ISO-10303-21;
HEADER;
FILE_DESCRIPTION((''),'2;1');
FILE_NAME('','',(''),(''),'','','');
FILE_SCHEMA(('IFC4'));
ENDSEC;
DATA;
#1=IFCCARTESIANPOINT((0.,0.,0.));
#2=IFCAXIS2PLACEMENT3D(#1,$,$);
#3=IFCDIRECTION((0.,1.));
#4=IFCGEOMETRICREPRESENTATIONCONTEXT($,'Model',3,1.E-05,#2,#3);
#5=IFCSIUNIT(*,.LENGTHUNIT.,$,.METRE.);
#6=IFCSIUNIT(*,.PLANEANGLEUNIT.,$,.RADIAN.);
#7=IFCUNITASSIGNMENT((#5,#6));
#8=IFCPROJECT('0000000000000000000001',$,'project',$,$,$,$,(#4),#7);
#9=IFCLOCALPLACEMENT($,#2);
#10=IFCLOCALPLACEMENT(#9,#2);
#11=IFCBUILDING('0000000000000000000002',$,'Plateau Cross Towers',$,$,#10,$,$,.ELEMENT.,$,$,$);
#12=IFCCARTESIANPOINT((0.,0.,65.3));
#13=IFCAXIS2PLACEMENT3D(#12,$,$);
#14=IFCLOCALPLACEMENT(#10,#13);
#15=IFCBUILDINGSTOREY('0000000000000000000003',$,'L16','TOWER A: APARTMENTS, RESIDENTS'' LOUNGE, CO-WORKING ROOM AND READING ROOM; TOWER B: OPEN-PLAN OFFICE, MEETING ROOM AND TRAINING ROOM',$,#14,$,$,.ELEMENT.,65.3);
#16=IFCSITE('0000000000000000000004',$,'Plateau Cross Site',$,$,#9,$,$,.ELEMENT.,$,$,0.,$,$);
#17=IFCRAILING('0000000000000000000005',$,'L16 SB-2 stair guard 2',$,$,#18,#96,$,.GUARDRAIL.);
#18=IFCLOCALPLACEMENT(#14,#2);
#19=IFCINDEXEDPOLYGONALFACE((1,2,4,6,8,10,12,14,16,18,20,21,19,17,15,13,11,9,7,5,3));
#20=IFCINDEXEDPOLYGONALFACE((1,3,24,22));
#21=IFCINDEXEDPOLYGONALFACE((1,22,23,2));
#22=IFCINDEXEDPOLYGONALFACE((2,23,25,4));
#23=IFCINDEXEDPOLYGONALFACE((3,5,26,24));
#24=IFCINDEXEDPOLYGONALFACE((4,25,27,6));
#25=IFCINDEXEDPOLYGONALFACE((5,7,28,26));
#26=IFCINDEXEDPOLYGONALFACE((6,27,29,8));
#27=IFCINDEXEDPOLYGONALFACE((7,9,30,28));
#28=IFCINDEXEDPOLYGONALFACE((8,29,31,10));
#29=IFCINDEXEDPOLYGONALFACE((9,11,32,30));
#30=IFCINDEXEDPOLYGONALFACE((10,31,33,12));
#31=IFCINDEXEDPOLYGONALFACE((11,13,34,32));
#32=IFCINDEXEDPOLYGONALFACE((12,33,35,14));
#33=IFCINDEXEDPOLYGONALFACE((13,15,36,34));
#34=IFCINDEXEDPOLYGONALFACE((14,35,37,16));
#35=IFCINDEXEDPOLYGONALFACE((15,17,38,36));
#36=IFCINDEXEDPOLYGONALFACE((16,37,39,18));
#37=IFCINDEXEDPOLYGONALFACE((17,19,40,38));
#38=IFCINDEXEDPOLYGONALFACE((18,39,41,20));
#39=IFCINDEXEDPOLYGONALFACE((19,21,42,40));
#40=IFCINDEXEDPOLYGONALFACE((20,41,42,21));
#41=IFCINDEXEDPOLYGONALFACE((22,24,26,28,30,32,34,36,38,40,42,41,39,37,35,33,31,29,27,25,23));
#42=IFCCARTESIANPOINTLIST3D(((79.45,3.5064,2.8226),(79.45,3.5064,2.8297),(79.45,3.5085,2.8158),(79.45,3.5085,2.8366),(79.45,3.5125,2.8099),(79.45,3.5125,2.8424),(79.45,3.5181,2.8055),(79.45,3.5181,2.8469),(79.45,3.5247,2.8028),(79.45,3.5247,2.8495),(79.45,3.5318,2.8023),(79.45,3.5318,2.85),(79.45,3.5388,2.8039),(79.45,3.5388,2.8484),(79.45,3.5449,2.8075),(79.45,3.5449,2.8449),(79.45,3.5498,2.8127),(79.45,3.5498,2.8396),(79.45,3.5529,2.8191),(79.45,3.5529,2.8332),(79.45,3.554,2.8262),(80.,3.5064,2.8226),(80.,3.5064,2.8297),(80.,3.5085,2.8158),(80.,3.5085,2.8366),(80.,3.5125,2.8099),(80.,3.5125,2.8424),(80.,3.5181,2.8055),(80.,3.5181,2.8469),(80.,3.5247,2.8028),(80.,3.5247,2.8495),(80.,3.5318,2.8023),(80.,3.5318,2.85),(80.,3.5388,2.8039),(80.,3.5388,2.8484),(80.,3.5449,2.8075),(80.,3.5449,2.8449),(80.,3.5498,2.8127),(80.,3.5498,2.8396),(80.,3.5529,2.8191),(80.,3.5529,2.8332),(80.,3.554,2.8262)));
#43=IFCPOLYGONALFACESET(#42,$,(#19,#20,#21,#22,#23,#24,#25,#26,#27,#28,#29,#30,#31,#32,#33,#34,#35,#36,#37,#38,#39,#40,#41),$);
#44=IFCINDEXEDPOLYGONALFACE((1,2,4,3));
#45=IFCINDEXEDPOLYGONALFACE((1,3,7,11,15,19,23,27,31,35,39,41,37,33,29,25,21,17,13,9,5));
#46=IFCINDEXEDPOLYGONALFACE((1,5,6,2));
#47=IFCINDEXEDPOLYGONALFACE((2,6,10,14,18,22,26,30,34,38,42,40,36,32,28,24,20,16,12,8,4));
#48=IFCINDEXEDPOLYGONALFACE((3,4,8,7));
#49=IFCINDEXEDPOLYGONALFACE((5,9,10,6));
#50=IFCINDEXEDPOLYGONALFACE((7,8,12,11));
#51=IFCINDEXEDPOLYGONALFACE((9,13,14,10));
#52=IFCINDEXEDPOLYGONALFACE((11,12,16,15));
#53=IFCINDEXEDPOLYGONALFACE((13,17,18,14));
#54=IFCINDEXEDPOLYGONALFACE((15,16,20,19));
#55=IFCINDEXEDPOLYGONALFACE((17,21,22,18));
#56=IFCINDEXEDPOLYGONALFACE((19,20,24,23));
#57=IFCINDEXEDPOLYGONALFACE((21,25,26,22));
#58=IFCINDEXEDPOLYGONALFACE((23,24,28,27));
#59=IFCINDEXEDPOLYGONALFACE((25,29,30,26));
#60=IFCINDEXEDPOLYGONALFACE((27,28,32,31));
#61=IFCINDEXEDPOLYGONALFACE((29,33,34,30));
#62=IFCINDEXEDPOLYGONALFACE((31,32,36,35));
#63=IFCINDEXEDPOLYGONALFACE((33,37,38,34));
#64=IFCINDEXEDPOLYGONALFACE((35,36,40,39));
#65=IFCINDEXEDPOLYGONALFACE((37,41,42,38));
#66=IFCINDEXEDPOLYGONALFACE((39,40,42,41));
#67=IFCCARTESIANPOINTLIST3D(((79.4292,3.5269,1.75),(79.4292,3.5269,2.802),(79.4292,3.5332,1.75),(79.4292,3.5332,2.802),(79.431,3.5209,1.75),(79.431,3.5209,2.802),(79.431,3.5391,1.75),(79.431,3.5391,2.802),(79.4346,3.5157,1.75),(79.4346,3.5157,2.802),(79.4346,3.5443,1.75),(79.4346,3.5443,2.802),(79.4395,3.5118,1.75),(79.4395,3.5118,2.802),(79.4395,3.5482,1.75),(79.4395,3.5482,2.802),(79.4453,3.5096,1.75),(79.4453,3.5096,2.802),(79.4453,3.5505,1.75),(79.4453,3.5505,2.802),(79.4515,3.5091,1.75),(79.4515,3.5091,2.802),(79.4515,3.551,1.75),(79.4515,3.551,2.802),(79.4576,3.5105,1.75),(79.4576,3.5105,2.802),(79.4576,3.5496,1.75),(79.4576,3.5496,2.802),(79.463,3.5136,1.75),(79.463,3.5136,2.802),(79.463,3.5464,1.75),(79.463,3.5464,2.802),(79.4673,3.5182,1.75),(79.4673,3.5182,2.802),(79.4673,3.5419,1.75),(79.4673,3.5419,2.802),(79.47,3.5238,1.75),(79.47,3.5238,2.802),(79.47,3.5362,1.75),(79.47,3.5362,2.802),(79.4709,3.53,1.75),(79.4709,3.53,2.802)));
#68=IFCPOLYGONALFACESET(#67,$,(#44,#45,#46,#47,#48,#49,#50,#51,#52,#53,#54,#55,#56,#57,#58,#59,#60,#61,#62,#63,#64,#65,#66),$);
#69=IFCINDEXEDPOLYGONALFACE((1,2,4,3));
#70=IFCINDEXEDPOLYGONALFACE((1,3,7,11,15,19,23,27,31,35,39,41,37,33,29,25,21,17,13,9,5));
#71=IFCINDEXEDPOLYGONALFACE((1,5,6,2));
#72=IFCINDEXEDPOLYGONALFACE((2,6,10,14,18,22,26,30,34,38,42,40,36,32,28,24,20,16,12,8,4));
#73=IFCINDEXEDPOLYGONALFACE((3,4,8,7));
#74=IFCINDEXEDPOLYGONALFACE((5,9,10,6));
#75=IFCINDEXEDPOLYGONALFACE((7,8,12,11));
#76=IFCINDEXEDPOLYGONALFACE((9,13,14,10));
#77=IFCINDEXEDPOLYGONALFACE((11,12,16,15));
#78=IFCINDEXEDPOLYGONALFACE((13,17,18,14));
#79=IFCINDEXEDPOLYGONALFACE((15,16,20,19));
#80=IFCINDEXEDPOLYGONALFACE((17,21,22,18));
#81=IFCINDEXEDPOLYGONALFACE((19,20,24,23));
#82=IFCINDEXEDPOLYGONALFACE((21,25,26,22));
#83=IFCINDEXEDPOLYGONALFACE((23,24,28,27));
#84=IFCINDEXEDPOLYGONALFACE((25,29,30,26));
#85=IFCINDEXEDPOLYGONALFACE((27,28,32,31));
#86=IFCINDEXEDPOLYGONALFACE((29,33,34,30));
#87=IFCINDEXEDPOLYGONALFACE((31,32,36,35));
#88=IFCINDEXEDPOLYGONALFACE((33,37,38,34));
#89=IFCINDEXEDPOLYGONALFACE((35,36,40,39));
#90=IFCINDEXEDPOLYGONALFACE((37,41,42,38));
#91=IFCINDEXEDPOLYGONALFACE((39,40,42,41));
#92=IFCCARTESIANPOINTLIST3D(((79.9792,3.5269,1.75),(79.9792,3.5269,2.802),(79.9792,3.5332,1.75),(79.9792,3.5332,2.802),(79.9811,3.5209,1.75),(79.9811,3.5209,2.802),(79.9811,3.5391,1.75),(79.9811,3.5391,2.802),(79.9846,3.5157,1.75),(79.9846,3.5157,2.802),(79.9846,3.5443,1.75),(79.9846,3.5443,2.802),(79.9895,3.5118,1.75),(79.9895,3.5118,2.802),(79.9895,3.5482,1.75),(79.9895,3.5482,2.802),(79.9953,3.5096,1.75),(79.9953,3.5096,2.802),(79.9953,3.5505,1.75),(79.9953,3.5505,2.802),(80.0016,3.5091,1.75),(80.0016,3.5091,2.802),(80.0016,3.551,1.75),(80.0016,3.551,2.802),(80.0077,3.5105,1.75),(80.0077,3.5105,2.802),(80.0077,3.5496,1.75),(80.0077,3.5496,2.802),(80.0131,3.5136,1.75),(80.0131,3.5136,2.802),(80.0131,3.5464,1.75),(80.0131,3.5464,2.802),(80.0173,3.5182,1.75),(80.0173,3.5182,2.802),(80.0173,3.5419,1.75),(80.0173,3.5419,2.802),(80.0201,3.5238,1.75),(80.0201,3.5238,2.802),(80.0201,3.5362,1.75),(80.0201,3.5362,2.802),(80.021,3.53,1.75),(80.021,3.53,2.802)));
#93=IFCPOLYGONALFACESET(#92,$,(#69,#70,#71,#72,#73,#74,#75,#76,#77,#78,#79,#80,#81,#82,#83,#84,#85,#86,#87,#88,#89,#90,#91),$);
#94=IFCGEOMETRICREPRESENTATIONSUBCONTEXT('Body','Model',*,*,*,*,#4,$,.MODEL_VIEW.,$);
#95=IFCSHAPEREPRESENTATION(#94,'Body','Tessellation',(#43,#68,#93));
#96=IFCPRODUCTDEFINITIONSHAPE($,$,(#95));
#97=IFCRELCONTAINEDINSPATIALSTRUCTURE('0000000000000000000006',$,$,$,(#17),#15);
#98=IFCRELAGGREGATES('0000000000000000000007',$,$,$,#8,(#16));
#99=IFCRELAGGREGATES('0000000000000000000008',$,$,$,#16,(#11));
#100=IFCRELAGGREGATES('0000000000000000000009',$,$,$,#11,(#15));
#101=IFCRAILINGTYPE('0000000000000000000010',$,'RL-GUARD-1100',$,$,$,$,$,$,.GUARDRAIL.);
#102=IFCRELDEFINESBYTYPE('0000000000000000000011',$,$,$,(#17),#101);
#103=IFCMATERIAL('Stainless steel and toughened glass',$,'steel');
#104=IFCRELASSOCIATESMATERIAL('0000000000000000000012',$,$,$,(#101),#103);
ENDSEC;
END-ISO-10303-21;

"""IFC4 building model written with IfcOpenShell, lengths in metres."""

from ifc_helpers import new_model, si_unit, direction, frame, origin, origin_2d, place, context, subcontext, project, spatial, circle, extrude, material, type_object, element, save


model = new_model("IFC4")

# Units and contexts
model_context = context("Model", 3, precision=1e-05, world=origin(), true_north=direction((0.0, 1.0)))
body_context = subcontext(model_context, "Body", "Model", "MODEL_VIEW")
ifc_project = project(units=[si_unit("LENGTHUNIT", "METRE"), si_unit("PLANEANGLEUNIT", "RADIAN")], contexts=[model_context])

# Site, building, storey
site_placement = place(None, origin())
site = spatial("IfcSite", under=ifc_project, at=site_placement, Name="Plateau Cross Site", CompositionType="ELEMENT", RefElevation=0.0)
building_placement = place(site_placement, origin())
building = spatial("IfcBuilding", under=site, at=building_placement, Name="Plateau Cross Towers", CompositionType="ELEMENT")
storey_placement = place(building_placement, frame((0.0, 0.0, 65.3)))
storey = spatial("IfcBuildingStorey", under=building, at=storey_placement, Name="L16", Description="TOWER A: APARTMENTS, RESIDENTS' LOUNGE, CO-WORKING ROOM AND READING ROOM; TOWER B: OPEN-PLAN OFFICE, MEETING ROOM AND TRAINING ROOM", CompositionType="ELEMENT", Elevation=65.3)

# Railing
ifc_material_1 = material(Name="Stainless steel and toughened glass", Category="steel")
railing_type_1 = type_object("IfcRailingType", Name="RL-GUARD-1100", PredefinedType="GUARDRAIL", material=ifc_material_1)
railing_1_placement = place(storey_placement, frame((79.45, 3.53, 1.75)))
element("IfcRailing", 1, at=railing_1_placement, inside=storey, type_object=railing_type_1, Name="L16 SB-2 stair guard 2", PredefinedType="GUARDRAIL", context=body_context, shape_type="SweptSolid", body=[
    extrude(circle(Radius=0.0239, at=origin_2d()), frame((0.0, 0.0, 1.0762), z_axis=(1.0, 0.0, 0.0), x_axis=(0.0, 1.0, 0.0)), (0.0, 0.0, 1.0), 0.55),
    extrude(circle(Radius=0.021, at=origin_2d()), origin(), (0.0, 0.0, 1.0), 1.052),
    extrude(circle(Radius=0.021, at=origin_2d()), frame((0.55, 0.0, 0.0)), (0.0, 0.0, 1.0), 1.052),
])

save(model, "model.ifc")
